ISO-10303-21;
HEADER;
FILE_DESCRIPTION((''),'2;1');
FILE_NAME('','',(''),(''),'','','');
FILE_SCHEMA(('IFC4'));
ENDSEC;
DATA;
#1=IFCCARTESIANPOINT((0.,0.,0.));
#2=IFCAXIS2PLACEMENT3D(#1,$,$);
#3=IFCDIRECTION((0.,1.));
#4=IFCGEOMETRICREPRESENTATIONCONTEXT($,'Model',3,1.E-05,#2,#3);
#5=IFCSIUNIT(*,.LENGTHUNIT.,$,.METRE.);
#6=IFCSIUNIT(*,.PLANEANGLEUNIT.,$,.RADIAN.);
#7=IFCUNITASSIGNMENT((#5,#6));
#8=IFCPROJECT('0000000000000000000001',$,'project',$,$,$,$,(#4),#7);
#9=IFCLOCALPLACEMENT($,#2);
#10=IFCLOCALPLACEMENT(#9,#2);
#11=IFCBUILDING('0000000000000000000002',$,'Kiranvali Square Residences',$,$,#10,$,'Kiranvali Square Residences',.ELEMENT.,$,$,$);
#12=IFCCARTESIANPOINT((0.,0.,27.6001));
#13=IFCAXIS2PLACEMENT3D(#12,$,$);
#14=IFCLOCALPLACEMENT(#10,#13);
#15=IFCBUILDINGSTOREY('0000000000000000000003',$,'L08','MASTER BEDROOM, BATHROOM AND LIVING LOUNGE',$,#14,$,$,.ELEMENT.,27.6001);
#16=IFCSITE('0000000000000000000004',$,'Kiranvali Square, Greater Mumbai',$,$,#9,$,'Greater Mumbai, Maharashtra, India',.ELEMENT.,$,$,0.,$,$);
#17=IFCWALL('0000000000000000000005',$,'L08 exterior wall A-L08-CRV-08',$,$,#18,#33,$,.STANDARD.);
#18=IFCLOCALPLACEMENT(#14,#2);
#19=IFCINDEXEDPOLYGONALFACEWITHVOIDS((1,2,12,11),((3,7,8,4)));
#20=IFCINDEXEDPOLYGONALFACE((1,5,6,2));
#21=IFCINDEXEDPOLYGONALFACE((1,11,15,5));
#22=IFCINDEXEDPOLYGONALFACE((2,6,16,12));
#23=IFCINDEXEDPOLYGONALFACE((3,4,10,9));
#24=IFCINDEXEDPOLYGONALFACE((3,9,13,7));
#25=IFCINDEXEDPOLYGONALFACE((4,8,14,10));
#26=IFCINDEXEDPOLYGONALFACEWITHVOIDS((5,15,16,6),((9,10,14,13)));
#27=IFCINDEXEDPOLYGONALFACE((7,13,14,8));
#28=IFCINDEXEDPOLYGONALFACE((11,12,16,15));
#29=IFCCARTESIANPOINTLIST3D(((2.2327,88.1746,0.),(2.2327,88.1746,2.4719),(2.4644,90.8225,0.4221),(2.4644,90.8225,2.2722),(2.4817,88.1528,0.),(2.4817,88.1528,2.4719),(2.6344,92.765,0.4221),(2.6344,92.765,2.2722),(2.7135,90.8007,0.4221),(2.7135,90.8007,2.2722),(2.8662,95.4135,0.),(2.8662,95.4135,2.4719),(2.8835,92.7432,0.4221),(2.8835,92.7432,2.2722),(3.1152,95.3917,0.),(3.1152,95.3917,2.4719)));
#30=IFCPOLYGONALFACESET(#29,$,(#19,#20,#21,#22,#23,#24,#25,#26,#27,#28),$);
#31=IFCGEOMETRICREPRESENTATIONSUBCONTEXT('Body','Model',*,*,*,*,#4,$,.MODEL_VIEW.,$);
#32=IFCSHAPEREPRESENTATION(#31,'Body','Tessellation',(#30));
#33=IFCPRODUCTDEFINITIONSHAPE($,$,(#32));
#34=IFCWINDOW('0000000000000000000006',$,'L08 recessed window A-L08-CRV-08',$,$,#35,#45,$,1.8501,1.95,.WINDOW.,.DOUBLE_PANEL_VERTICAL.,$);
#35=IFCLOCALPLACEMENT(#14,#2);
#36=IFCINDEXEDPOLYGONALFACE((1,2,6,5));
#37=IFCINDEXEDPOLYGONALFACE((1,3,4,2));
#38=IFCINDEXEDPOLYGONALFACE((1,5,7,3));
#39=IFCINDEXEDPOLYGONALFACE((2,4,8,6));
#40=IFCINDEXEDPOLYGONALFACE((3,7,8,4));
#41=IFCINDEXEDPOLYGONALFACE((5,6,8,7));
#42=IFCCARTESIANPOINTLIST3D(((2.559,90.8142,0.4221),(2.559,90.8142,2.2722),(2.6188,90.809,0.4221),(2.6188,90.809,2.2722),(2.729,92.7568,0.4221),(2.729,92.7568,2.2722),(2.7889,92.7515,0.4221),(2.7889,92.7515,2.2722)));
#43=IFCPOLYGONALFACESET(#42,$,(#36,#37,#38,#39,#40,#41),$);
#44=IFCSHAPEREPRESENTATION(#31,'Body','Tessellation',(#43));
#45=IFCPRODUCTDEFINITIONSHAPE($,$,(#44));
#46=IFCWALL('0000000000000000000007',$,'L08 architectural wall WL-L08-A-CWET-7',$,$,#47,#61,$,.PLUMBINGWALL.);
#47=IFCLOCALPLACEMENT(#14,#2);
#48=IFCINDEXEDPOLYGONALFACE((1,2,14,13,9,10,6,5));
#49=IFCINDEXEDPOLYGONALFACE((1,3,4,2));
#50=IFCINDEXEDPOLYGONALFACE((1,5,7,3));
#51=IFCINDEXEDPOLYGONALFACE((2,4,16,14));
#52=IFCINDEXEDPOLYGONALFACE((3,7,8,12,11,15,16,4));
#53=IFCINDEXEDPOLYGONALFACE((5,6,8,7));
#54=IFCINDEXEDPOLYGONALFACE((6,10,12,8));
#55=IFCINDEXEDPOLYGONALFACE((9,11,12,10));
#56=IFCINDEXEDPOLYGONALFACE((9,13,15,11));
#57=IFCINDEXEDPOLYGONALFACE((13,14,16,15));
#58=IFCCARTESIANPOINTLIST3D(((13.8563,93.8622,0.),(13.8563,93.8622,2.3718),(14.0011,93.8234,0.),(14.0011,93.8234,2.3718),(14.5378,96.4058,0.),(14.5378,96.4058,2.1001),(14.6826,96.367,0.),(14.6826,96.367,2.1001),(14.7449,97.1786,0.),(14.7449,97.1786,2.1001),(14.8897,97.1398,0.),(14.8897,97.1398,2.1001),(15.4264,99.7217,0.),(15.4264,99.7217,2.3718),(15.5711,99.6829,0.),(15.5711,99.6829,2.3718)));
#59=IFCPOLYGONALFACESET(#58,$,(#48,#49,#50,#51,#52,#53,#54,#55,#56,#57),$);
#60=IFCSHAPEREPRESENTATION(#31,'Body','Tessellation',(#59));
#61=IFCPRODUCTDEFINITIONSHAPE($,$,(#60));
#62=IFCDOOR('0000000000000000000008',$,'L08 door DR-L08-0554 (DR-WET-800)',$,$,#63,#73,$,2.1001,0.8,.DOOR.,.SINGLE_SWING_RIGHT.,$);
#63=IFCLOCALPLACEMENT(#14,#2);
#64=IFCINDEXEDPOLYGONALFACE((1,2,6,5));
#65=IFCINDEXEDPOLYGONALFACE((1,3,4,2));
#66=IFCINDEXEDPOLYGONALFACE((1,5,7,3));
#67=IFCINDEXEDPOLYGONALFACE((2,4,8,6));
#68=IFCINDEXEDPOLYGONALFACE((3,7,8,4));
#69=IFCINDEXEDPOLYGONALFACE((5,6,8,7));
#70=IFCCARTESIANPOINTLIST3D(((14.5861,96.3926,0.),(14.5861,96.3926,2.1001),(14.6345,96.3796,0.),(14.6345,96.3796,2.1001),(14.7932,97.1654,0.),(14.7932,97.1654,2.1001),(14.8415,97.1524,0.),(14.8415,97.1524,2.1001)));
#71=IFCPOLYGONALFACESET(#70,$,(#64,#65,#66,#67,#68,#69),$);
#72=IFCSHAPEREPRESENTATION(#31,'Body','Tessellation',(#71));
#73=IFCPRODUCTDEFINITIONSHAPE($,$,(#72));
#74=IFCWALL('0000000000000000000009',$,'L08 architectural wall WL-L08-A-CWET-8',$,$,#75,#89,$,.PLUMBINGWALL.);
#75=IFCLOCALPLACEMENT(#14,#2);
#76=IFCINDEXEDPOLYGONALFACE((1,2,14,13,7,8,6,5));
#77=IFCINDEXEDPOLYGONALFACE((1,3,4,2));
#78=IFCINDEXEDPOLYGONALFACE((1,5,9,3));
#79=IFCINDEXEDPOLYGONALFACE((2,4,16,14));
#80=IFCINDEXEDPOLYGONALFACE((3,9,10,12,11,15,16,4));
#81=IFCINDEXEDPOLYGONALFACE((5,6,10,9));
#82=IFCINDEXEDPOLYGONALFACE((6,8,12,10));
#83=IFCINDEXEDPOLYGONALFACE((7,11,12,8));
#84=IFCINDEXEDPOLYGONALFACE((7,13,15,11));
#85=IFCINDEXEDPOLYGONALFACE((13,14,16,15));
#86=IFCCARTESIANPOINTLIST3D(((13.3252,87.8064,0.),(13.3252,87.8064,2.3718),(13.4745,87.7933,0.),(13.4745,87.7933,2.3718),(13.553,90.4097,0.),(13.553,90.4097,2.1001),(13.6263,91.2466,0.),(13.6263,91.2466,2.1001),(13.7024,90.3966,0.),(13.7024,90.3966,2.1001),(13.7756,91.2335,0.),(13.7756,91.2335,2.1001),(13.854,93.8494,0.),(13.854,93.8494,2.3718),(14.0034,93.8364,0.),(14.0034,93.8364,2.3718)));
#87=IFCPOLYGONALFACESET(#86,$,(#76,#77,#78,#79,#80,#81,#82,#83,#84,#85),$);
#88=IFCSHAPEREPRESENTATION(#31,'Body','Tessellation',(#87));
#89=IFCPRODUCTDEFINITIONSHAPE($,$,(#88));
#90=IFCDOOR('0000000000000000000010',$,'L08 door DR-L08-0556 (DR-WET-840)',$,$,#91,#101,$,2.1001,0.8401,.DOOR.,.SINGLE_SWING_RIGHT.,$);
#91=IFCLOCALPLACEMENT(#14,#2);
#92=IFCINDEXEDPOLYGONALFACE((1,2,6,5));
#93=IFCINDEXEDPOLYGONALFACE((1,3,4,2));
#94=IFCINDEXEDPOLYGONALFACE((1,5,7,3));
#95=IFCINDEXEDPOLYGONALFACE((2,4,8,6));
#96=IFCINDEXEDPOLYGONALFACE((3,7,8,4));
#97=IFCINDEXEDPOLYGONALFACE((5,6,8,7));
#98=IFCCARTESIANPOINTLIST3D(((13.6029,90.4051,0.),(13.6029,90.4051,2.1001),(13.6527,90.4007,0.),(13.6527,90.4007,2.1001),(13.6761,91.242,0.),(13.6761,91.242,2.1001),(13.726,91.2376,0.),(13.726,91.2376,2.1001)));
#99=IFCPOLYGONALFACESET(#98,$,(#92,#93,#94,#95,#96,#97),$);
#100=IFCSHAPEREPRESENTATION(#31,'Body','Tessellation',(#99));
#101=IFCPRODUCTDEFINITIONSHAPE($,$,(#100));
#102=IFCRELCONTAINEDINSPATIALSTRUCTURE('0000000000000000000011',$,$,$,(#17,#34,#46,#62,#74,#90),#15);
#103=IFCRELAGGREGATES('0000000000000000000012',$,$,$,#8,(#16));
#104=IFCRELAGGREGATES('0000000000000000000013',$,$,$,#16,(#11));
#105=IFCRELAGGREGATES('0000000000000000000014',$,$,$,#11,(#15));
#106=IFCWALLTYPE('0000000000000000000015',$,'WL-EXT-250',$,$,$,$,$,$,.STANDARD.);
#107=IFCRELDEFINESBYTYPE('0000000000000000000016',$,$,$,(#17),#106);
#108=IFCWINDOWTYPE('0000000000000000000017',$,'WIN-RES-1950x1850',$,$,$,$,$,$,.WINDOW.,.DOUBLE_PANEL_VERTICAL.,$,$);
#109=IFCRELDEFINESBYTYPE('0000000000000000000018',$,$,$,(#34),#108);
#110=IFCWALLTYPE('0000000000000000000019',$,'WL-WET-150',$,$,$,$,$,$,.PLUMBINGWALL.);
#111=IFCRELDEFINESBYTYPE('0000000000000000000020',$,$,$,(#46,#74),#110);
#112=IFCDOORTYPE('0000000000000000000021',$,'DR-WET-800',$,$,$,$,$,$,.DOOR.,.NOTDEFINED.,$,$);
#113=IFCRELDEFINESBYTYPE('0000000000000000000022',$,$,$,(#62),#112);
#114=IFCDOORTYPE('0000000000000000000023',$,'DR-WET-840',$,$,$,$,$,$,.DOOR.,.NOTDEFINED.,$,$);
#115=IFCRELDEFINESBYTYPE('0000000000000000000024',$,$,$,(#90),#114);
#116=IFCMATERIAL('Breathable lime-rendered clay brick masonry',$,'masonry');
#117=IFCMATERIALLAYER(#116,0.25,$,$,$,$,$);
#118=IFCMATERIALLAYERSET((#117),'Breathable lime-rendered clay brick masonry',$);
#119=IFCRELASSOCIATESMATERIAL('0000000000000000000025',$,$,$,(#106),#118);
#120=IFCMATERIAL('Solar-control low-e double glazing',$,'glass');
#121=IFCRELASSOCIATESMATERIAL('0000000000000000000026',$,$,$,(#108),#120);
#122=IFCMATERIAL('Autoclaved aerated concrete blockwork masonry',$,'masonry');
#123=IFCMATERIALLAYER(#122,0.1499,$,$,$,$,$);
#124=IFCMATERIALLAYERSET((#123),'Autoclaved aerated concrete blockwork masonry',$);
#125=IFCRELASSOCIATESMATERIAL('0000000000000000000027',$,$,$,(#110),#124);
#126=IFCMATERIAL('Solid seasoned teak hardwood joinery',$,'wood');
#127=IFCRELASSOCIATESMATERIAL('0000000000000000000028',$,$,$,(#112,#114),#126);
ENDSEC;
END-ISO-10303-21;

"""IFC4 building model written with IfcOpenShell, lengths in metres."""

from ifc_helpers import new_model, si_unit, direction, frame, frame_2d, origin, place, context, subcontext, project, spatial, rectangle, extrude, material, layer, layer_set, type_object, element, fill, save


model = new_model("IFC4")

# Units and contexts
model_context = context("Model", 3, precision=1e-05, world=origin(), true_north=direction((0.0, 1.0)))
body_context = subcontext(model_context, "Body", "Model", "MODEL_VIEW")
ifc_project = project(units=[si_unit("LENGTHUNIT", "METRE"), si_unit("PLANEANGLEUNIT", "RADIAN")], contexts=[model_context])

# Site, building, storey
site_placement = place(None, origin())
site = spatial("IfcSite", under=ifc_project, at=site_placement, Name="Kiranvali Square, Greater Mumbai", LongName="Greater Mumbai, Maharashtra, India", CompositionType="ELEMENT", RefElevation=0.0)
building_placement = place(site_placement, origin())
building = spatial("IfcBuilding", under=site, at=building_placement, Name="Kiranvali Square Residences", LongName="Kiranvali Square Residences", CompositionType="ELEMENT")
storey_placement = place(building_placement, frame((0.0, 0.0, 27.6001)))
storey = spatial("IfcBuildingStorey", under=building, at=storey_placement, Name="L08", Description="MASTER BEDROOM, BATHROOM AND LIVING LOUNGE", CompositionType="ELEMENT", Elevation=27.6001)

# Shared definitions
ifc_material_1 = material(Name="Autoclaved aerated concrete blockwork masonry", Category="masonry")

# Wall, opening, window
ifc_material_2 = material(Name="Breathable lime-rendered clay brick masonry", Category="masonry")
ifc_layer_1 = layer(ifc_material_2, 0.25)
ifc_layer_set_1 = layer_set([ifc_layer_1], Name="Breathable lime-rendered clay brick masonry")
wall_type_1 = type_object("IfcWallType", Name="WL-EXT-250", PredefinedType="STANDARD", material=ifc_layer_set_1)
wall_1_placement = place(storey_placement, frame((2.9907, 95.4026, 0.0), z_axis=(0.0, 0.0, 1.0), x_axis=(-0.087185, -0.996192, 0.0)))
wall_1 = element("IfcWall", 1, at=wall_1_placement, inside=storey, type_object=wall_type_1, Name="L08 exterior wall A-L08-CRV-08", PredefinedType="STANDARD", context=body_context, shape_type="SweptSolid", body=[
    extrude(rectangle(XDim=7.2666, YDim=0.25, at=frame_2d((3.6333, 0.0))), origin(), (0.0, 0.0, 1.0), 2.4719),
])
opening_1_placement = place(wall_1_placement, frame((2.6584, 0.0, 0.4221)))
opening_1 = element("IfcOpeningElement", 2, at=opening_1_placement, cuts=wall_1, PredefinedType="OPENING", context=body_context, shape_type="SweptSolid", body=[
    extrude(rectangle(XDim=1.95, YDim=1.8501, at=frame_2d((0.9751, 0.925))), frame((0.0, 0.135, 0.0), z_axis=(0.0, -1.0, 0.0), x_axis=(1.0, 0.0, 0.0)), (0.0, 0.0, 1.0), 0.27),
])
ifc_material_3 = material(Name="Solar-control low-e double glazing", Category="glass")
window_type = type_object("IfcWindowType", Name="WIN-RES-1950x1850", PartitioningType="DOUBLE_PANEL_VERTICAL", PredefinedType="WINDOW", material=ifc_material_3)
window_placement = place(opening_1_placement, origin())
window = element("IfcWindow", 3, at=window_placement, inside=storey, type_object=window_type, Name="L08 recessed window A-L08-CRV-08", OverallHeight=1.8501, OverallWidth=1.95, PartitioningType="DOUBLE_PANEL_VERTICAL", PredefinedType="WINDOW", context=body_context, shape_type="SweptSolid", body=[
    extrude(rectangle(XDim=1.95, YDim=1.8501, at=frame_2d((0.9751, 0.925))), frame((0.0, 0.03, 0.0), z_axis=(0.0, -1.0, 0.0), x_axis=(1.0, 0.0, 0.0)), (0.0, 0.0, 1.0), 0.0601),
])
fill(opening_1, window)

# Walls, openings, doors
ifc_layer_2 = layer(ifc_material_1, 0.1499)
ifc_layer_set_2 = layer_set([ifc_layer_2], Name="Autoclaved aerated concrete blockwork masonry")
wall_type_2 = type_object("IfcWallType", Name="WL-WET-150", PredefinedType="PLUMBINGWALL", material=ifc_layer_set_2)
wall_2_placement = place(storey_placement, frame((15.4988, 99.7024, 0.0), z_axis=(0.0, 0.0, 1.0), x_axis=(-0.258827, -0.965924, 0.0)))
wall_2 = element("IfcWall", 4, at=wall_2_placement, inside=storey, type_object=wall_type_2, Name="L08 architectural wall WL-L08-A-CWET-7", PredefinedType="PLUMBINGWALL", context=body_context, shape_type="SweptSolid", body=[
    extrude(rectangle(XDim=6.0662, YDim=0.1499, at=frame_2d((3.0332, 0.0))), origin(), (0.0, 0.0, 1.0), 2.3718),
])
opening_2_placement = place(wall_2_placement, frame((2.6331, 0.0, 0.0)))
opening_2 = element("IfcOpeningElement", 5, at=opening_2_placement, cuts=wall_2, PredefinedType="OPENING", context=body_context, shape_type="SweptSolid", body=[
    extrude(rectangle(XDim=0.8, YDim=2.1001, at=frame_2d((0.3999, 1.05))), frame((0.0, 0.085, 0.0), z_axis=(0.0, -1.0, 0.0), x_axis=(1.0, 0.0, 0.0)), (0.0, 0.0, 1.0), 0.1699),
])
ifc_material_4 = material(Name="Solid seasoned teak hardwood joinery", Category="wood")
door_type_1 = type_object("IfcDoorType", Name="DR-WET-800", OperationType="NOTDEFINED", PredefinedType="DOOR", material=ifc_material_4)
door_1_placement = place(opening_2_placement, frame((0.8, 0.0, 0.0), z_axis=(0.0, 0.0, 1.0), x_axis=(-1.0, 0.0, 0.0)))
door_1 = element("IfcDoor", 6, at=door_1_placement, inside=storey, type_object=door_type_1, Name="L08 door DR-L08-0554 (DR-WET-800)", OperationType="SINGLE_SWING_RIGHT", OverallHeight=2.1001, OverallWidth=0.8, PredefinedType="DOOR", context=body_context, shape_type="SweptSolid", body=[
    extrude(rectangle(XDim=0.8, YDim=2.1001, at=frame_2d((0.3999, 1.05))), frame((0.0, 0.0249, 0.0), z_axis=(0.0, -1.0, 0.0), x_axis=(1.0, 0.0, 0.0)), (0.0, 0.0, 1.0), 0.05),
])
fill(opening_2, door_1)
wall_3_placement = place(storey_placement, frame((13.9287, 93.843, 0.0), z_axis=(0.0, 0.0, 1.0), x_axis=(-0.087175, -0.996193, 0.0)))
wall_3 = element("IfcWall", 7, at=wall_3_placement, inside=storey, type_object=wall_type_2, Name="L08 architectural wall WL-L08-A-CWET-8", PredefinedType="PLUMBINGWALL", context=body_context, shape_type="SweptSolid", body=[
    extrude(rectangle(XDim=6.0662, YDim=0.1499, at=frame_2d((3.0332, 0.0))), origin(), (0.0, 0.0, 1.0), 2.3718),
])
opening_3_placement = place(wall_3_placement, frame((2.613, 0.0, 0.0)))
opening_3 = element("IfcOpeningElement", 8, at=opening_3_placement, cuts=wall_3, PredefinedType="OPENING", context=body_context, shape_type="SweptSolid", body=[
    extrude(rectangle(XDim=0.8401, YDim=2.1001, at=frame_2d((0.4199, 1.05))), frame((0.0, 0.085, 0.0), z_axis=(0.0, -1.0, 0.0), x_axis=(1.0, 0.0, 0.0)), (0.0, 0.0, 1.0), 0.1699),
])
door_type_2 = type_object("IfcDoorType", Name="DR-WET-840", OperationType="NOTDEFINED", PredefinedType="DOOR", material=ifc_material_4)
door_2_placement = place(opening_3_placement, frame((0.8401, 0.0, 0.0), z_axis=(0.0, 0.0, 1.0), x_axis=(-1.0, 0.0, 0.0)))
door_2 = element("IfcDoor", 9, at=door_2_placement, inside=storey, type_object=door_type_2, Name="L08 door DR-L08-0556 (DR-WET-840)", OperationType="SINGLE_SWING_RIGHT", OverallHeight=2.1001, OverallWidth=0.8401, PredefinedType="DOOR", context=body_context, shape_type="SweptSolid", body=[
    extrude(rectangle(XDim=0.8401, YDim=2.1001, at=frame_2d((0.4199, 1.05))), frame((0.0, 0.0249, 0.0), z_axis=(0.0, -1.0, 0.0), x_axis=(1.0, 0.0, 0.0)), (0.0, 0.0, 1.0), 0.05),
])
fill(opening_3, door_2)

save(model, "model.ifc")
